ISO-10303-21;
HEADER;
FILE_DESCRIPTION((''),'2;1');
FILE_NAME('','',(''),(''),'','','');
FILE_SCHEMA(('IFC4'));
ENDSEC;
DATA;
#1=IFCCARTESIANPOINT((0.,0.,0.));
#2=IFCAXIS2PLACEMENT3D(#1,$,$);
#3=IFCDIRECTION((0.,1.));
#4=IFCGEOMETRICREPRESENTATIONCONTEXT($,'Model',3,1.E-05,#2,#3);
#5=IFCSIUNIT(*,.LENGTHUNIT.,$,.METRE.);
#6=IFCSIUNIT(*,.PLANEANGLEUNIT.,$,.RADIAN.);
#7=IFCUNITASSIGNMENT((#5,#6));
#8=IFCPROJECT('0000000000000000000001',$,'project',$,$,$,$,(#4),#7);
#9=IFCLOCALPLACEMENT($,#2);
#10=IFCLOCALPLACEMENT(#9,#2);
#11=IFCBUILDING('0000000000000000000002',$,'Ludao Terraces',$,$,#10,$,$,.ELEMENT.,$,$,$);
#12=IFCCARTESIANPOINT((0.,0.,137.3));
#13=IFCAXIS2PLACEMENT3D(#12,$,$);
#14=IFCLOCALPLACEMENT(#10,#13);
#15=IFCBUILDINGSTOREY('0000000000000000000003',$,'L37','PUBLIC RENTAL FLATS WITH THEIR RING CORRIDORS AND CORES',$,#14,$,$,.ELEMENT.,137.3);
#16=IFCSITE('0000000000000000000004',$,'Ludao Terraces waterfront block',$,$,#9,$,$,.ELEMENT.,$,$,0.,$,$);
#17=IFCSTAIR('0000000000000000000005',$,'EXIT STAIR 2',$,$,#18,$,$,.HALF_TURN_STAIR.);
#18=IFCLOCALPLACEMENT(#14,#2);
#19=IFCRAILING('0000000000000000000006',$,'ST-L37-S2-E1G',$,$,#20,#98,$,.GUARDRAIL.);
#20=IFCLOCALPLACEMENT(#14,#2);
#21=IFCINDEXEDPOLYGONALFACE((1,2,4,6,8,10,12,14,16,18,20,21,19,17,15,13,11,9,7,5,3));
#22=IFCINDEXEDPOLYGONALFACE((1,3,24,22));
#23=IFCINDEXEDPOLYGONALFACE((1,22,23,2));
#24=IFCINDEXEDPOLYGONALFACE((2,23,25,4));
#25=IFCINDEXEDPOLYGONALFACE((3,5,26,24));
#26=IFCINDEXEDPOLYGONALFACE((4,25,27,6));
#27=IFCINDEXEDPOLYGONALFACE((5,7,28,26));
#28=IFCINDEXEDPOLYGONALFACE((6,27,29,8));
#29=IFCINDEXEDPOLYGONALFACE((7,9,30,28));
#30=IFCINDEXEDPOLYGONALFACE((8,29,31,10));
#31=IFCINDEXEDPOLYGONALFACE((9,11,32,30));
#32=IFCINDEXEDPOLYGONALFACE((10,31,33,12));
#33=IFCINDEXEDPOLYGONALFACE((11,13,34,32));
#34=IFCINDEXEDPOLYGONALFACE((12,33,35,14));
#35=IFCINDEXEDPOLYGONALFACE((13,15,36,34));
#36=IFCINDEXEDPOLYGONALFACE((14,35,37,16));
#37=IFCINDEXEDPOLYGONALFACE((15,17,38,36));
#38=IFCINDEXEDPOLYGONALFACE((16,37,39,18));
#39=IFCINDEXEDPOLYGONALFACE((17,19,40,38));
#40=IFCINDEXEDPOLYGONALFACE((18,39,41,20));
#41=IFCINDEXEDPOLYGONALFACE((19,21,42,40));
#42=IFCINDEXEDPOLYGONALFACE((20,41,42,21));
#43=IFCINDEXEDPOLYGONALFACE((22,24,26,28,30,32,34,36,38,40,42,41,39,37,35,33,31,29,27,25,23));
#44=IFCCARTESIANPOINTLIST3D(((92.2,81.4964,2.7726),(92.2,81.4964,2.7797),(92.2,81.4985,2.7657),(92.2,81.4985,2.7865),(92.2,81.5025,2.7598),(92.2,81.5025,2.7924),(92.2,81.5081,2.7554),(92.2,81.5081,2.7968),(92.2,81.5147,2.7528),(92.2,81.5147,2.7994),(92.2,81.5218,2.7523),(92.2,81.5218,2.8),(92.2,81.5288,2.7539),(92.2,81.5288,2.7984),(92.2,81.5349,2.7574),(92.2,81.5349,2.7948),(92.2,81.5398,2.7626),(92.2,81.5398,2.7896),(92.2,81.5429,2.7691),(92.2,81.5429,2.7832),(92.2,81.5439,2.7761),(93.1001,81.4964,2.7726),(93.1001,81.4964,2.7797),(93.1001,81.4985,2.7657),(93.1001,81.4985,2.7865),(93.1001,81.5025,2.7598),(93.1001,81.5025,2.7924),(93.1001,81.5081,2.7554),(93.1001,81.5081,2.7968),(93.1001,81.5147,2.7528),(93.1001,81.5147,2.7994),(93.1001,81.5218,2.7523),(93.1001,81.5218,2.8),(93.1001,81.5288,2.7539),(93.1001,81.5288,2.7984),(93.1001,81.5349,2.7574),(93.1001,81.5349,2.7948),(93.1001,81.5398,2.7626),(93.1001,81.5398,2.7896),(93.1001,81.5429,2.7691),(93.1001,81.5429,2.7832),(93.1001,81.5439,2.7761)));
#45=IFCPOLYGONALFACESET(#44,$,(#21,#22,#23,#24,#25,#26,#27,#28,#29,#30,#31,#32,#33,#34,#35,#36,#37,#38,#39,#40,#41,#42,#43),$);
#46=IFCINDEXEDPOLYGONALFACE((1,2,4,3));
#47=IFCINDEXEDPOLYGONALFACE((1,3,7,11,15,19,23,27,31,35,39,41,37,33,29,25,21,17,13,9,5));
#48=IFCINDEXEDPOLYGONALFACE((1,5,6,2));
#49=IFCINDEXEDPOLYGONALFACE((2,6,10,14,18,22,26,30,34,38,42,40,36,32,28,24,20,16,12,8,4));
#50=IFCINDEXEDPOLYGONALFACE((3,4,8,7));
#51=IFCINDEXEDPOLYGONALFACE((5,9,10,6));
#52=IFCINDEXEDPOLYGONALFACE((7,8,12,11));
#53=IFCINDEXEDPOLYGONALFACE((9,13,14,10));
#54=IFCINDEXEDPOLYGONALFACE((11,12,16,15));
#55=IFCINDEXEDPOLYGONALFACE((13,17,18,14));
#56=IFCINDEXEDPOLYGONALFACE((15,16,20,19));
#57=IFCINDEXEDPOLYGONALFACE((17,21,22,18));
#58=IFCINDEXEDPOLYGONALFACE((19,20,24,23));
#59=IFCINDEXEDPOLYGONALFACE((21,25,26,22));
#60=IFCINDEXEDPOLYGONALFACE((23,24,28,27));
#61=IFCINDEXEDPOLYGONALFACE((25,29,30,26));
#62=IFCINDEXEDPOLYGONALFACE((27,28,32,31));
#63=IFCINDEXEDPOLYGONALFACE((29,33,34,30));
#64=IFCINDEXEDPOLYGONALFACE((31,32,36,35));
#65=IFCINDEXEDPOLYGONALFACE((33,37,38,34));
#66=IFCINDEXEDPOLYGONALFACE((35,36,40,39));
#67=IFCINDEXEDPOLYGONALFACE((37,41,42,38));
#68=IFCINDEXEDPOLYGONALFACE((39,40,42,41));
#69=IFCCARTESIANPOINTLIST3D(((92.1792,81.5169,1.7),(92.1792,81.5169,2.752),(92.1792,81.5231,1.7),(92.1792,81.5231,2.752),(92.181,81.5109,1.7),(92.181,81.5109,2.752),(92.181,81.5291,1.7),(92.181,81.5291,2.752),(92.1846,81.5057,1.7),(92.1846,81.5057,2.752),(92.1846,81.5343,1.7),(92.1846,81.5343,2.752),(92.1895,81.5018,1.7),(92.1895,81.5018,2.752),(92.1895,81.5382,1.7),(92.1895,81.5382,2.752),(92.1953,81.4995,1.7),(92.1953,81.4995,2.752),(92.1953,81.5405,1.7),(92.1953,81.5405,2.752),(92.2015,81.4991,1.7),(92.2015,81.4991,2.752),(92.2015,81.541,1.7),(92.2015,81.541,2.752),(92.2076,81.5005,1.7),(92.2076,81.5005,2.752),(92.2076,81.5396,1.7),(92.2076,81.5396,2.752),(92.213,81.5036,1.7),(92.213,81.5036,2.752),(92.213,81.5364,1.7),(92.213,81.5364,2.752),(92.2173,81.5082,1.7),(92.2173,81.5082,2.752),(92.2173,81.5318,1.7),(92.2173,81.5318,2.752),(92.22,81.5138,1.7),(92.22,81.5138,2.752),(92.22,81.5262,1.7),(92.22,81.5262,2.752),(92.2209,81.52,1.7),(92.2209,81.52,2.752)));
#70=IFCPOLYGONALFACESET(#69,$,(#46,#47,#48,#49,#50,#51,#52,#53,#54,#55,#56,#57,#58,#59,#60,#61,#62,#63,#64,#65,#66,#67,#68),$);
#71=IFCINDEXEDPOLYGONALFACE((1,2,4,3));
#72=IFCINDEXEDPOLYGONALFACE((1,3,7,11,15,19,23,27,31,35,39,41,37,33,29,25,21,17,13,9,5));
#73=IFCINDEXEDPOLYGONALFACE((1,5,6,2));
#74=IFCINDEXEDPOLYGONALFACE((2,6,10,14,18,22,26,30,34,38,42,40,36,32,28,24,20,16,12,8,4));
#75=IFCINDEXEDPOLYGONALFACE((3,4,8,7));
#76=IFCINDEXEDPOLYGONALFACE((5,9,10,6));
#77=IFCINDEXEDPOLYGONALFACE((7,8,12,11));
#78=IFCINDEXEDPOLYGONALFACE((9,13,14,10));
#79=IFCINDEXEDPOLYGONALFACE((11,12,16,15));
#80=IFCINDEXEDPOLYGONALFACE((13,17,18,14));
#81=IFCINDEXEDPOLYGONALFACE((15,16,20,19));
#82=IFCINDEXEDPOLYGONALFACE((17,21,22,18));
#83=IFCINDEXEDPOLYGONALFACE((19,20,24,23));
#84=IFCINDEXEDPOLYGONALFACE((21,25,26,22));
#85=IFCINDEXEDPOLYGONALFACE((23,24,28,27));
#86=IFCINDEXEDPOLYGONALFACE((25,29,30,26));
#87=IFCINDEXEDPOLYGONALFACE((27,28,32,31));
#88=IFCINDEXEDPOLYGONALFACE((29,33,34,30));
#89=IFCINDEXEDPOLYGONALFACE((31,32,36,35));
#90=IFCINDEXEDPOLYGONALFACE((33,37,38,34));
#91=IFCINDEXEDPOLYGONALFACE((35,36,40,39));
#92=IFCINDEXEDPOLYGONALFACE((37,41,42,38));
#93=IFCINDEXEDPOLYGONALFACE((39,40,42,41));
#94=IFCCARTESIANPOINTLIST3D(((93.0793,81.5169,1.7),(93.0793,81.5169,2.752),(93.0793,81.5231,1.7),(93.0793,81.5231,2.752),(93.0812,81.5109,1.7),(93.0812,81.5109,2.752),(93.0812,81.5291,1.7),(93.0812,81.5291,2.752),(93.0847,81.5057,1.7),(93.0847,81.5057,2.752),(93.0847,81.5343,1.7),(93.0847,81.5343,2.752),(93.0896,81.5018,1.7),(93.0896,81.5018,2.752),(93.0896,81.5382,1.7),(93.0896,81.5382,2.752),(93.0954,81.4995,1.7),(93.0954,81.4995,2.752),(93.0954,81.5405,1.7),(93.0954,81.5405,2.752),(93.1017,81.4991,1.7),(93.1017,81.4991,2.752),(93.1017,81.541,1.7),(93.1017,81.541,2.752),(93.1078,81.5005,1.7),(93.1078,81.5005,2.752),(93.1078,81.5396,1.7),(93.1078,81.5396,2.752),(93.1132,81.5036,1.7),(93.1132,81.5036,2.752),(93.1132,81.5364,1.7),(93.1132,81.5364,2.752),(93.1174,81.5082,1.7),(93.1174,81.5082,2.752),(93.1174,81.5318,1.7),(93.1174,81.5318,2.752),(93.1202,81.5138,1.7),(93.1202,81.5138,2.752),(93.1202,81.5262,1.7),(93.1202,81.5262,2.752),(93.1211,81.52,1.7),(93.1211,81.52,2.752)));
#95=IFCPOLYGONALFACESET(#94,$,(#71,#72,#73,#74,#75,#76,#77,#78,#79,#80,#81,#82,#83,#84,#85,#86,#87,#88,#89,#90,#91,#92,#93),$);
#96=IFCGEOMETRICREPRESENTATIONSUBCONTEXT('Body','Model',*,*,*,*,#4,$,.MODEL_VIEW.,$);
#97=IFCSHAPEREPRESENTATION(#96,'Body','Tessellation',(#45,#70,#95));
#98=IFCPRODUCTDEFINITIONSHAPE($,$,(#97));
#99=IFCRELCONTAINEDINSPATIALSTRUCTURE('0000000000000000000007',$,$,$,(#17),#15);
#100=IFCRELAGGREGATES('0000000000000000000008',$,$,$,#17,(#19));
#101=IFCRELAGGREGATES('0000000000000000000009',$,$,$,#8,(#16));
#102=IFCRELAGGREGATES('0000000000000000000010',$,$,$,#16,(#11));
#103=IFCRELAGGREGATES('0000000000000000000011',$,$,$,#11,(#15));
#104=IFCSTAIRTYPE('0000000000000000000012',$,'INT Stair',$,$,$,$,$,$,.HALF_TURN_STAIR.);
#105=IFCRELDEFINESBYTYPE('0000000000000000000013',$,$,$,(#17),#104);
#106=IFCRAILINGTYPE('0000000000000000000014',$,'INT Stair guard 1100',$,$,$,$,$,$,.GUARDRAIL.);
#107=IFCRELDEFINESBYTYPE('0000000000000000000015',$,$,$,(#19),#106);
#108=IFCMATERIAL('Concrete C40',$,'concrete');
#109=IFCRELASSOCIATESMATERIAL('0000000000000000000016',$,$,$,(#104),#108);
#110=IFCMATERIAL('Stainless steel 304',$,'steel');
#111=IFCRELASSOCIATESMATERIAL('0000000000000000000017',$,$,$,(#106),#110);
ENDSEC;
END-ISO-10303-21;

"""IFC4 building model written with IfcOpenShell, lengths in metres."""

from ifc_helpers import new_model, si_unit, direction, frame, origin, origin_2d, place, context, subcontext, project, spatial, circle, extrude, material, type_object, element, aggregate, save


model = new_model("IFC4")

# Units and contexts
model_context = context("Model", 3, precision=1e-05, world=origin(), true_north=direction((0.0, 1.0)))
body_context = subcontext(model_context, "Body", "Model", "MODEL_VIEW")
ifc_project = project(units=[si_unit("LENGTHUNIT", "METRE"), si_unit("PLANEANGLEUNIT", "RADIAN")], contexts=[model_context])

# Site, building, storey
site_placement = place(None, origin())
site = spatial("IfcSite", under=ifc_project, at=site_placement, Name="Ludao Terraces waterfront block", CompositionType="ELEMENT", RefElevation=0.0)
building_placement = place(site_placement, origin())
building = spatial("IfcBuilding", under=site, at=building_placement, Name="Ludao Terraces", CompositionType="ELEMENT")
storey_placement = place(building_placement, frame((0.0, 0.0, 137.3)))
storey = spatial("IfcBuildingStorey", under=building, at=storey_placement, Name="L37", Description="PUBLIC RENTAL FLATS WITH THEIR RING CORRIDORS AND CORES", CompositionType="ELEMENT", Elevation=137.3)

# Shared definitions
ifc_material_1 = material(Name="Stainless steel 304", Category="steel")

# Stair, railing
ifc_material_2 = material(Name="Concrete C40", Category="concrete")
stair_type = type_object("IfcStairType", Name="INT Stair", PredefinedType="HALF_TURN_STAIR", material=ifc_material_2)
stair_placement = place(storey_placement, origin())
stair = element("IfcStair", 1, at=stair_placement, inside=storey, type_object=stair_type, Name="EXIT STAIR 2", PredefinedType="HALF_TURN_STAIR")
railing_type_1 = type_object("IfcRailingType", Name="INT Stair guard 1100", PredefinedType="GUARDRAIL", material=ifc_material_1)
railing_1_placement = place(storey_placement, frame((92.2, 81.52, 1.7)))
railing_1 = element("IfcRailing", 2, at=railing_1_placement, type_object=railing_type_1, Name="ST-L37-S2-E1G", PredefinedType="GUARDRAIL", context=body_context, shape_type="SweptSolid", body=[
    extrude(circle(Radius=0.0239, at=origin_2d()), frame((0.0, 0.0, 1.0762), z_axis=(1.0, 0.0, 0.0), x_axis=(0.0, 1.0, 0.0)), (0.0, 0.0, 1.0), 0.9001),
    extrude(circle(Radius=0.021, at=origin_2d()), origin(), (0.0, 0.0, 1.0), 1.052),
    extrude(circle(Radius=0.021, at=origin_2d()), frame((0.9001, 0.0, 0.0)), (0.0, 0.0, 1.0), 1.052),
])
aggregate(stair, [railing_1])

save(model, "model.ifc")
